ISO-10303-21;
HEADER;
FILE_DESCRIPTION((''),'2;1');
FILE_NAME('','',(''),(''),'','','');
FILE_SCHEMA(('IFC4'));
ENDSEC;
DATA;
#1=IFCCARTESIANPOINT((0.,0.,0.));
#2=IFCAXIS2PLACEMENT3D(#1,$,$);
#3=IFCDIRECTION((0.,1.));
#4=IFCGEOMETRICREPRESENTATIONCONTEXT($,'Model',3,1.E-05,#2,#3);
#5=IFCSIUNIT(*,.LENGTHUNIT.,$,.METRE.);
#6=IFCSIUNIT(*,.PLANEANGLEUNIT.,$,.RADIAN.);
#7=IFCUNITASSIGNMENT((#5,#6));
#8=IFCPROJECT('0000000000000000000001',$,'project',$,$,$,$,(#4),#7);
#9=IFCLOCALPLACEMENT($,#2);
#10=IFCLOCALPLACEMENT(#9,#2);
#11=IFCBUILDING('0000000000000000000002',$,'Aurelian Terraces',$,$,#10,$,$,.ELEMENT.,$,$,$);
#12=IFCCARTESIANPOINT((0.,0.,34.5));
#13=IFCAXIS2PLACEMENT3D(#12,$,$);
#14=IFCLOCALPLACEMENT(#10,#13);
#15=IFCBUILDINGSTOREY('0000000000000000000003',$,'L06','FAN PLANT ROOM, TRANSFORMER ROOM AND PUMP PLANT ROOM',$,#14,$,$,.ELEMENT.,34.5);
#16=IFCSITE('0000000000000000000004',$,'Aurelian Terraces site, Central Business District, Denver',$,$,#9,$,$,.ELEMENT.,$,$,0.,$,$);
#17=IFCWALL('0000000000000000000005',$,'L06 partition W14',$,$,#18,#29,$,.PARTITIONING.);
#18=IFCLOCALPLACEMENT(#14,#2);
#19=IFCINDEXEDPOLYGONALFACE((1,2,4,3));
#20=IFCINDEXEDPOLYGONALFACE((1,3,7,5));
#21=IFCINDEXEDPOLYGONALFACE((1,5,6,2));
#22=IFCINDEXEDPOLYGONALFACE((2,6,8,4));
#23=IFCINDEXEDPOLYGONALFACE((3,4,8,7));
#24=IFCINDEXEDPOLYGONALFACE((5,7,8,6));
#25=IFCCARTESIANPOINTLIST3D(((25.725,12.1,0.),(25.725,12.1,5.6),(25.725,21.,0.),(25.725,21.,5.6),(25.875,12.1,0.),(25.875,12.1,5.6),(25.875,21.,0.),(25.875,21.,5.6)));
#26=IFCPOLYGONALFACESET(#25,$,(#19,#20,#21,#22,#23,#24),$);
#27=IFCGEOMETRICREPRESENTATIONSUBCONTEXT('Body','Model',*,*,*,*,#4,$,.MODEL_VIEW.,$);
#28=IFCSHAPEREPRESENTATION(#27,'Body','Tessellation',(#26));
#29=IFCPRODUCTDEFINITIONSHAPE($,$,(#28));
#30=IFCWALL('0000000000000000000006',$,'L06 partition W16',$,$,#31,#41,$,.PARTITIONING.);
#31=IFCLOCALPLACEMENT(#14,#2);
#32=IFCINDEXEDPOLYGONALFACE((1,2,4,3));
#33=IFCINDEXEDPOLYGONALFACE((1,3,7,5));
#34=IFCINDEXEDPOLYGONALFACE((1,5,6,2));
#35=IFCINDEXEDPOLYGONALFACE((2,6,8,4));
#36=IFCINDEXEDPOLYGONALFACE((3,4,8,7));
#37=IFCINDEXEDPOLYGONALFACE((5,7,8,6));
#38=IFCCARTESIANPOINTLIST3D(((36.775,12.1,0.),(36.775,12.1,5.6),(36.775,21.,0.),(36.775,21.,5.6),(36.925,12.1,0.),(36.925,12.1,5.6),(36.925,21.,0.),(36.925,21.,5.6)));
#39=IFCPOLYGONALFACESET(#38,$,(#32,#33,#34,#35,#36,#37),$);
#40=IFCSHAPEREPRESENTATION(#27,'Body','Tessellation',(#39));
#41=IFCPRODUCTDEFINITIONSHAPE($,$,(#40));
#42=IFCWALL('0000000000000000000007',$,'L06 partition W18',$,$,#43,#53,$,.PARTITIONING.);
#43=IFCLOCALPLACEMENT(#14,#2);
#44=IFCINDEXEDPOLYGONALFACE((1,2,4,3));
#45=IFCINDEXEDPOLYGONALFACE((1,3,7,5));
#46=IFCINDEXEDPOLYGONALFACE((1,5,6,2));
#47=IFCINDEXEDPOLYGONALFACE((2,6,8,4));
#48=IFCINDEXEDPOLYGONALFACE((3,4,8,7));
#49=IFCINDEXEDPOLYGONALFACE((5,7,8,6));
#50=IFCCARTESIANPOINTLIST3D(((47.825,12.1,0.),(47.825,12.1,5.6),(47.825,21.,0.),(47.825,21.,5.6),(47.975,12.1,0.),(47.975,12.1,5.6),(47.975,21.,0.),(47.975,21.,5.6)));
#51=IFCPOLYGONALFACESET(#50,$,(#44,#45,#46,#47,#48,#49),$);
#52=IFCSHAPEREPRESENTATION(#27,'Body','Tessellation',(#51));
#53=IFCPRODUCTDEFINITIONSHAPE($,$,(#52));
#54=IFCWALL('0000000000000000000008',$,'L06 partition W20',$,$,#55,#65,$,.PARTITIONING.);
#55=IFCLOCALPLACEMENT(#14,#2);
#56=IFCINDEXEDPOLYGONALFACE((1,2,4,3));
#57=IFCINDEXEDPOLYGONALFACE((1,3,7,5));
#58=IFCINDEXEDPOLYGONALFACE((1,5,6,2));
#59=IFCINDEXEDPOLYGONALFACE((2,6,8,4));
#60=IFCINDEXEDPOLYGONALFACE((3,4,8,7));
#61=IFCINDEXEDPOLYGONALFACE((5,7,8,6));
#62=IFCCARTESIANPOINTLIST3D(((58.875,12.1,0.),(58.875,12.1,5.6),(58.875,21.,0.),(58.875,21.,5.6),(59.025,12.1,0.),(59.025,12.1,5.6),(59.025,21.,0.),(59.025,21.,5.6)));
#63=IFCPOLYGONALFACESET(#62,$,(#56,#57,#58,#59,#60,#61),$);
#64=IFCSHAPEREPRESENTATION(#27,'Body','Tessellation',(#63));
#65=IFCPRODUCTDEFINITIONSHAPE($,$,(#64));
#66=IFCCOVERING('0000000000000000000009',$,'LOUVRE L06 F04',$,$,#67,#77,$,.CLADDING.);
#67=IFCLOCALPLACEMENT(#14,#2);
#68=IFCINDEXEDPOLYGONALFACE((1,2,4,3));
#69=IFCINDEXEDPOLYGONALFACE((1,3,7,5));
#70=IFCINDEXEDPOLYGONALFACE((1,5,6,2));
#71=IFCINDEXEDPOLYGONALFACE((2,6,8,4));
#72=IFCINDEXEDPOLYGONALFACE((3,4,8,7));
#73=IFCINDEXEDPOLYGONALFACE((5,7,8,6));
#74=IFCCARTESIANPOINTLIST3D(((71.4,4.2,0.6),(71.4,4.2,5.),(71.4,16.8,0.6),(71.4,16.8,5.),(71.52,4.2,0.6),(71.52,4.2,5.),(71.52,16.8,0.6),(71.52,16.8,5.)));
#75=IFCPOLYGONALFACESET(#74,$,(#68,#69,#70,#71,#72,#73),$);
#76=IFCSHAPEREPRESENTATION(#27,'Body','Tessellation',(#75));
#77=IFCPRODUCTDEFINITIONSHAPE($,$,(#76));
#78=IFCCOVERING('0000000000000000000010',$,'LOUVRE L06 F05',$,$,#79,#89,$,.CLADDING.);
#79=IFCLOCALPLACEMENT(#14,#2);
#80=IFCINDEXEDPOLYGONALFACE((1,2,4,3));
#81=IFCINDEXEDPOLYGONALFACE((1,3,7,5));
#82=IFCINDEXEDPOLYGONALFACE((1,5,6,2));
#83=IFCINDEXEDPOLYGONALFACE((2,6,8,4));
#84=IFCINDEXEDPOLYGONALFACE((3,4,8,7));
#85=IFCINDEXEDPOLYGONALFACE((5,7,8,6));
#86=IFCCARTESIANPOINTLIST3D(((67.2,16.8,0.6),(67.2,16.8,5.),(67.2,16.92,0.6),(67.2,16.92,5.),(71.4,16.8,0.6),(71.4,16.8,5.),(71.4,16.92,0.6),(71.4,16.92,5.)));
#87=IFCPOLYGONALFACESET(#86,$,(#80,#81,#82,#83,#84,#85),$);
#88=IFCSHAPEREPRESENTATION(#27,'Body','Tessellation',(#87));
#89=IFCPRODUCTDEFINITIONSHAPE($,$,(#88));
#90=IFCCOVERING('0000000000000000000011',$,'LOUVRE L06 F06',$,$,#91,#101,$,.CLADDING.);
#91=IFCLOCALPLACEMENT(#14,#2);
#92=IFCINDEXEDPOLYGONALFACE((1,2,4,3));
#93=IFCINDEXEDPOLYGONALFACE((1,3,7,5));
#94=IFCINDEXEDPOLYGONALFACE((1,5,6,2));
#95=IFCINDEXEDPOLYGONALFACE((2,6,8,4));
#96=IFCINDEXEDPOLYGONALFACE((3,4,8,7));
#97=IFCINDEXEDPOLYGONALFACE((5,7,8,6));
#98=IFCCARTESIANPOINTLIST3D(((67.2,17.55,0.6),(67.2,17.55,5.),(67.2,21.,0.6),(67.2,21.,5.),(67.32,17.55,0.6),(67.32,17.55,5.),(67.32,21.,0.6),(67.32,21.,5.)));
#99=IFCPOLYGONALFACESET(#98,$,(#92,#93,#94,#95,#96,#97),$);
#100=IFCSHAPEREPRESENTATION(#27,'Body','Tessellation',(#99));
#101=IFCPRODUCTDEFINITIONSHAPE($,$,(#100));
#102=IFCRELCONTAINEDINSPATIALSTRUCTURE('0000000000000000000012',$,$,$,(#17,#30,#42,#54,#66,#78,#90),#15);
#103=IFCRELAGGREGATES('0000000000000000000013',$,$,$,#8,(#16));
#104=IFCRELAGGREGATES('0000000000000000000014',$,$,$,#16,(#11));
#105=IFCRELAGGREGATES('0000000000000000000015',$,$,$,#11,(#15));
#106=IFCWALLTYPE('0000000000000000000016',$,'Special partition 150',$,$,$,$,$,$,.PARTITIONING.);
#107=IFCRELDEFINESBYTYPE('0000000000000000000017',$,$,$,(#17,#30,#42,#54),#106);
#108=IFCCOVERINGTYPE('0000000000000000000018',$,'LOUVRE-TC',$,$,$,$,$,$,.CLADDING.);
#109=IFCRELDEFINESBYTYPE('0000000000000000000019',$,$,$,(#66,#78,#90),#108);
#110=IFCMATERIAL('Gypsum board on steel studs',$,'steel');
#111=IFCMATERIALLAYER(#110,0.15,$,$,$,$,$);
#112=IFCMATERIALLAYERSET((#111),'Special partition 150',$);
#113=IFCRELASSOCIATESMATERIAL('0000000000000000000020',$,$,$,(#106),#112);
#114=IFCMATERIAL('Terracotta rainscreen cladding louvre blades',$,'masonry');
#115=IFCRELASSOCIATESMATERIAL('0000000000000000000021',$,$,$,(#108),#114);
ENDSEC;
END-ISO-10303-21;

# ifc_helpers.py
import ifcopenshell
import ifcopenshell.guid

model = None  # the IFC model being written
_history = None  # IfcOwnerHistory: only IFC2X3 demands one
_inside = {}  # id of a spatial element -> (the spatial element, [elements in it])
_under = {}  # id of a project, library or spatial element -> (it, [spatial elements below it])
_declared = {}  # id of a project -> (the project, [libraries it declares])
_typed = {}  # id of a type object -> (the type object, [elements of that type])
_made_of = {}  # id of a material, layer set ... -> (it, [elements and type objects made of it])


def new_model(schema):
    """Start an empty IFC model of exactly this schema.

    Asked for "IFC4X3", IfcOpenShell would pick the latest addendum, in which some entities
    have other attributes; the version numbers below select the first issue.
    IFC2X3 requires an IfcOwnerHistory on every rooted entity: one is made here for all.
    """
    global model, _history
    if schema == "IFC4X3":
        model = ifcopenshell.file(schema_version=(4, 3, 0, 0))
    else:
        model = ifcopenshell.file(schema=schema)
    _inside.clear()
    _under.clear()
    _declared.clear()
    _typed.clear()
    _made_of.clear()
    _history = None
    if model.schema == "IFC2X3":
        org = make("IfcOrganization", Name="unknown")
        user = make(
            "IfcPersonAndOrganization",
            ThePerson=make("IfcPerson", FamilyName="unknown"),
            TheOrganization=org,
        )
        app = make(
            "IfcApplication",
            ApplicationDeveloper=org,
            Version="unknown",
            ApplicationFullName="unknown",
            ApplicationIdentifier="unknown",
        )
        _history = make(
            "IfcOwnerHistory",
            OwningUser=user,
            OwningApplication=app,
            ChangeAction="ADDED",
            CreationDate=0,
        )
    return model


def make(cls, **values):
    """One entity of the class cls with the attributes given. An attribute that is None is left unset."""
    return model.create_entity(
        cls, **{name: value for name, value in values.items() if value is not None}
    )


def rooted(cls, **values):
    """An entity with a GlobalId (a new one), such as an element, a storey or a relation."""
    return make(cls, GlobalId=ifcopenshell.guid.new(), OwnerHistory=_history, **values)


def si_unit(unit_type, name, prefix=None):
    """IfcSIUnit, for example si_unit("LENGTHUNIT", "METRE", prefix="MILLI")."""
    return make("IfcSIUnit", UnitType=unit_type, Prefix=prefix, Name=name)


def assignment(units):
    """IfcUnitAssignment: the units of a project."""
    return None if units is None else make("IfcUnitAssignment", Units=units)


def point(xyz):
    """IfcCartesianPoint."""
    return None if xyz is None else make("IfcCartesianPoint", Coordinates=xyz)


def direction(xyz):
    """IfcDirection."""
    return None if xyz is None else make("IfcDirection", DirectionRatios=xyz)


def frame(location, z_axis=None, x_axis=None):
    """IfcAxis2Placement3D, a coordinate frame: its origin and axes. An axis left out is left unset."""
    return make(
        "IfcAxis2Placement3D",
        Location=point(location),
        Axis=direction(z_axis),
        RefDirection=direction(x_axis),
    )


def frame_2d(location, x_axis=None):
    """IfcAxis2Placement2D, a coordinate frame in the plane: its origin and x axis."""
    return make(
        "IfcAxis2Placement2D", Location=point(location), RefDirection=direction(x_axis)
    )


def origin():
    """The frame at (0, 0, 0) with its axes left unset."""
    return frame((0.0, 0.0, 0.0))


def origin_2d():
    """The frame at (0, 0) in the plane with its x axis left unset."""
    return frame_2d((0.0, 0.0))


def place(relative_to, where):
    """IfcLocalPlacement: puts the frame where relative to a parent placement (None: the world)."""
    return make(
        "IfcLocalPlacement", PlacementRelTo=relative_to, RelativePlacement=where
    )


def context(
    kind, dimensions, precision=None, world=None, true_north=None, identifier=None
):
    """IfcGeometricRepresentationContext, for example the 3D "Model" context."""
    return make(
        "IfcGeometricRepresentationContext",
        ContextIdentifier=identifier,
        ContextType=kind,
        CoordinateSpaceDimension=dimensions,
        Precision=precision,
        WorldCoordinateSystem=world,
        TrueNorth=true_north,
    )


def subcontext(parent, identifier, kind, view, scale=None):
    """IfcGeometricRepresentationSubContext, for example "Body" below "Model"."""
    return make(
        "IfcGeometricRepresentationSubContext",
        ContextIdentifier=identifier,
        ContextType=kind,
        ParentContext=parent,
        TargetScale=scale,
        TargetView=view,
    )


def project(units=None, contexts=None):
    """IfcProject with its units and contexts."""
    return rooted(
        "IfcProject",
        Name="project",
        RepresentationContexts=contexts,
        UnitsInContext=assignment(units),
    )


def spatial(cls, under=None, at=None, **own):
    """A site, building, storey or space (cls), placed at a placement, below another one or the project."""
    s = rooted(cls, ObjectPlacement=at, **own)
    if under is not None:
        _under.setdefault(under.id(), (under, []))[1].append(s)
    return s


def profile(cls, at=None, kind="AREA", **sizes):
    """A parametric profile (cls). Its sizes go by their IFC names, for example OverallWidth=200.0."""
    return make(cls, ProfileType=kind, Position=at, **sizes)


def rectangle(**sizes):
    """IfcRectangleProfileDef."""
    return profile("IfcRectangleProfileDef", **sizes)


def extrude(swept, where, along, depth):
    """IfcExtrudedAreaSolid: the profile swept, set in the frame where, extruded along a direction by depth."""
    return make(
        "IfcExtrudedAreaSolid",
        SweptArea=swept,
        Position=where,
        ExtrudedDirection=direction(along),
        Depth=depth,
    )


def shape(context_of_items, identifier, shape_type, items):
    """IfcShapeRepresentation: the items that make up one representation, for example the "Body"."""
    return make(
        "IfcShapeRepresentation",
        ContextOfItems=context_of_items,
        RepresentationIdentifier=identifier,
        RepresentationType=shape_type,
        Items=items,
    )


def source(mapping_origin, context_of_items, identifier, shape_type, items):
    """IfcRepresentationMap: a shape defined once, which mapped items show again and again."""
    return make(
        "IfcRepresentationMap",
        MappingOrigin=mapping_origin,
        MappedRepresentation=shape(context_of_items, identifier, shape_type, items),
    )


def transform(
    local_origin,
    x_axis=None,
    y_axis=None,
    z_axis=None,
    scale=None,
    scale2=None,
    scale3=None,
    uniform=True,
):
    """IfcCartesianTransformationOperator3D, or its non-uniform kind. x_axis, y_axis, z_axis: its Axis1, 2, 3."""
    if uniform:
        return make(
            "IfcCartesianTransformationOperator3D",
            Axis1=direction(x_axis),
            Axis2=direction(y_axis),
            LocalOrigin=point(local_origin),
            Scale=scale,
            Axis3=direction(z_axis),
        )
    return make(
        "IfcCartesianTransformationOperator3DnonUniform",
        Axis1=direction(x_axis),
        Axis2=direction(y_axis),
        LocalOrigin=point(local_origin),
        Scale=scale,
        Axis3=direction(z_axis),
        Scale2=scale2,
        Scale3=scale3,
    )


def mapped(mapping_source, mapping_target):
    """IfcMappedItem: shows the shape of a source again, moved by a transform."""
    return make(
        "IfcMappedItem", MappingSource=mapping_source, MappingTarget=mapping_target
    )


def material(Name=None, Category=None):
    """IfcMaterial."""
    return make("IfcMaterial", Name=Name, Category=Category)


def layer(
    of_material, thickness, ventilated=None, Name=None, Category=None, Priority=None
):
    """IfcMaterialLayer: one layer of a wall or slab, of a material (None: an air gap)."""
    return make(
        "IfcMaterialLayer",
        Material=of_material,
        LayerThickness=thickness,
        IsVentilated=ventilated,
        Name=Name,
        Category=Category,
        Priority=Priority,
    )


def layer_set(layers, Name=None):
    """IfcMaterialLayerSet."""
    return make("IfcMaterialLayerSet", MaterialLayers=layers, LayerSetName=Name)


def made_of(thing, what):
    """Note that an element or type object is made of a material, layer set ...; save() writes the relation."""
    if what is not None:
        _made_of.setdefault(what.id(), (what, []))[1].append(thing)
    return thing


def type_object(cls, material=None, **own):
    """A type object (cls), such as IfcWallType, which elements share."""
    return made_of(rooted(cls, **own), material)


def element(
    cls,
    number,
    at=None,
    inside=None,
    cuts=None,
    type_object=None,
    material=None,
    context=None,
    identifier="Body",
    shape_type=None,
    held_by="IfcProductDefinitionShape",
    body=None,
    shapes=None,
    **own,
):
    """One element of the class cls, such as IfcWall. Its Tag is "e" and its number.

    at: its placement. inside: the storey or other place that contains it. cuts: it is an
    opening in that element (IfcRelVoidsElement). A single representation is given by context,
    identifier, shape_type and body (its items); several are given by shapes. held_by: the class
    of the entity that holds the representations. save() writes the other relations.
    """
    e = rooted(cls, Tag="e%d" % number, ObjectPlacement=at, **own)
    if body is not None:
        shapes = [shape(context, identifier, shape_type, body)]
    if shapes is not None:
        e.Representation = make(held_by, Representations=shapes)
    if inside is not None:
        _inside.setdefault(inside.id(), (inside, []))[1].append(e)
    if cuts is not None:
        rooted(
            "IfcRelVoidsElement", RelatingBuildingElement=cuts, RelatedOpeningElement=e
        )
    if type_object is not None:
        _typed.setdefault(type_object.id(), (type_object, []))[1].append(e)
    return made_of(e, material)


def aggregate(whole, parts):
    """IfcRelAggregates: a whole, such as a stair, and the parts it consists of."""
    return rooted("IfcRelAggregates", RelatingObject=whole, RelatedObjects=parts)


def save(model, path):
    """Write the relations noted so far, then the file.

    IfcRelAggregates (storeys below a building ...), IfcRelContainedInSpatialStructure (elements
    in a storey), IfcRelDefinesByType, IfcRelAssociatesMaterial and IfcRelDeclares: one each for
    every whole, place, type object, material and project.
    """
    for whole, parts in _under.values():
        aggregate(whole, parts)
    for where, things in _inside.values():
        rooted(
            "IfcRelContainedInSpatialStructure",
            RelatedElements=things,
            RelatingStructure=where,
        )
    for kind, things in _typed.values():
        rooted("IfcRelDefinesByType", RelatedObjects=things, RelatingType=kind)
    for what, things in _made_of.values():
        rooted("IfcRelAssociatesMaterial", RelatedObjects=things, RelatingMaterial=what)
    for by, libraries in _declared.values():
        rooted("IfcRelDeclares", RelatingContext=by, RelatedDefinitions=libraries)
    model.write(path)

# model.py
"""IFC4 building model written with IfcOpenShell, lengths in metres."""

from ifc_helpers import new_model, si_unit, direction, frame, frame_2d, origin, origin_2d, place, context, subcontext, project, spatial, rectangle, extrude, source, transform, mapped, material, layer, layer_set, type_object, element, save


model = new_model("IFC4")

# Units and contexts
model_context = context("Model", 3, precision=1e-05, world=origin(), true_north=direction((0.0, 1.0)))
body_context = subcontext(model_context, "Body", "Model", "MODEL_VIEW")
ifc_project = project(units=[si_unit("LENGTHUNIT", "METRE"), si_unit("PLANEANGLEUNIT", "RADIAN")], contexts=[model_context])

# Site, building, storey
site_placement = place(None, origin())
site = spatial("IfcSite", under=ifc_project, at=site_placement, Name="Aurelian Terraces site, Central Business District, Denver", CompositionType="ELEMENT", RefElevation=0.0)
building_placement = place(site_placement, origin())
building = spatial("IfcBuilding", under=site, at=building_placement, Name="Aurelian Terraces", CompositionType="ELEMENT")
storey_placement = place(building_placement, frame((0.0, 0.0, 34.5)))
storey = spatial("IfcBuildingStorey", under=building, at=storey_placement, Name="L06", Description="FAN PLANT ROOM, TRANSFORMER ROOM AND PUMP PLANT ROOM", CompositionType="ELEMENT", Elevation=34.5)

# Shared definitions
ifc_material_1 = material(Name="Gypsum board on steel studs", Category="steel")
ifc_layer_1 = layer(ifc_material_1, 0.15)
ifc_layer_set_1 = layer_set([ifc_layer_1], Name="Special partition 150")
wall_type_1 = type_object("IfcWallType", Name="Special partition 150", PredefinedType="PARTITIONING", material=ifc_layer_set_1)

# Walls
shared_shape_1 = source(origin(), body_context, "Body", "SweptSolid", [
    extrude(rectangle(XDim=8.9, YDim=0.15, at=frame_2d((4.45, 0.0))), origin(), (0.0, 0.0, 1.0), 5.6),
])
for number, where, z_axis, x_axis, name in (
    (1, (25.8, 12.1, 0.0), (0.0, 0.0, 1.0), (0.0, 1.0, 0.0), "L06 partition W14"),
    (2, (36.85, 12.1, 0.0), (0.0, 0.0, 1.0), (0.0, 1.0, 0.0), "L06 partition W16"),
    (3, (47.9, 12.1, 0.0), (0.0, 0.0, 1.0), (0.0, 1.0, 0.0), "L06 partition W18"),
    (4, (58.95, 12.1, 0.0), (0.0, 0.0, 1.0), (0.0, 1.0, 0.0), "L06 partition W20"),
):
    element("IfcWall", number, at=place(storey_placement, frame(where, z_axis=z_axis, x_axis=x_axis)), inside=storey, type_object=wall_type_1, Name=name, PredefinedType="PARTITIONING", context=body_context, shape_type="MappedRepresentation", body=[
        mapped(shared_shape_1, transform((0.0, 0.0, 0.0), scale=1.0)),
    ])

# Coverings
ifc_material_2 = material(Name="Terracotta rainscreen cladding louvre blades", Category="masonry")
covering_type = type_object("IfcCoveringType", Name="LOUVRE-TC", PredefinedType="CLADDING", material=ifc_material_2)
covering_1_placement = place(storey_placement, frame((71.46, 10.5, 0.6), z_axis=(0.0, 0.0, 1.0), x_axis=(1.0, 0.0, 0.0)))
element("IfcCovering", 5, at=covering_1_placement, inside=storey, type_object=covering_type, Name="LOUVRE L06 F04", PredefinedType="CLADDING", context=body_context, shape_type="SweptSolid", body=[
    extrude(rectangle(XDim=0.12, YDim=12.6, at=origin_2d()), origin(), (0.0, 0.0, 1.0), 4.4),
])
shared_shape_2 = source(origin(), body_context, "Body", "SweptSolid", [
    extrude(rectangle(XDim=4.2, YDim=0.12, at=origin_2d()), origin(), (0.0, 0.0, 1.0), 4.4),
])
covering_2_placement = place(storey_placement, frame((69.3, 16.86, 0.6), z_axis=(0.0, 0.0, 1.0), x_axis=(1.0, 0.0, 0.0)))
element("IfcCovering", 6, at=covering_2_placement, inside=storey, type_object=covering_type, Name="LOUVRE L06 F05", PredefinedType="CLADDING", context=body_context, shape_type="MappedRepresentation", body=[
    mapped(shared_shape_2, transform((0.0, 0.0, 0.0), scale=1.0)),
])
shared_shape_3 = source(origin(), body_context, "Body", "SweptSolid", [
    extrude(rectangle(XDim=0.12, YDim=3.45, at=origin_2d()), origin(), (0.0, 0.0, 1.0), 4.4),
])
covering_3_placement = place(storey_placement, frame((67.26, 19.275, 0.6), z_axis=(0.0, 0.0, 1.0), x_axis=(1.0, 0.0, 0.0)))
element("IfcCovering", 7, at=covering_3_placement, inside=storey, type_object=covering_type, Name="LOUVRE L06 F06", PredefinedType="CLADDING", context=body_context, shape_type="MappedRepresentation", body=[
    mapped(shared_shape_3, transform((0.0, 0.0, 0.0), scale=1.0)),
])

save(model, "model.ifc")
